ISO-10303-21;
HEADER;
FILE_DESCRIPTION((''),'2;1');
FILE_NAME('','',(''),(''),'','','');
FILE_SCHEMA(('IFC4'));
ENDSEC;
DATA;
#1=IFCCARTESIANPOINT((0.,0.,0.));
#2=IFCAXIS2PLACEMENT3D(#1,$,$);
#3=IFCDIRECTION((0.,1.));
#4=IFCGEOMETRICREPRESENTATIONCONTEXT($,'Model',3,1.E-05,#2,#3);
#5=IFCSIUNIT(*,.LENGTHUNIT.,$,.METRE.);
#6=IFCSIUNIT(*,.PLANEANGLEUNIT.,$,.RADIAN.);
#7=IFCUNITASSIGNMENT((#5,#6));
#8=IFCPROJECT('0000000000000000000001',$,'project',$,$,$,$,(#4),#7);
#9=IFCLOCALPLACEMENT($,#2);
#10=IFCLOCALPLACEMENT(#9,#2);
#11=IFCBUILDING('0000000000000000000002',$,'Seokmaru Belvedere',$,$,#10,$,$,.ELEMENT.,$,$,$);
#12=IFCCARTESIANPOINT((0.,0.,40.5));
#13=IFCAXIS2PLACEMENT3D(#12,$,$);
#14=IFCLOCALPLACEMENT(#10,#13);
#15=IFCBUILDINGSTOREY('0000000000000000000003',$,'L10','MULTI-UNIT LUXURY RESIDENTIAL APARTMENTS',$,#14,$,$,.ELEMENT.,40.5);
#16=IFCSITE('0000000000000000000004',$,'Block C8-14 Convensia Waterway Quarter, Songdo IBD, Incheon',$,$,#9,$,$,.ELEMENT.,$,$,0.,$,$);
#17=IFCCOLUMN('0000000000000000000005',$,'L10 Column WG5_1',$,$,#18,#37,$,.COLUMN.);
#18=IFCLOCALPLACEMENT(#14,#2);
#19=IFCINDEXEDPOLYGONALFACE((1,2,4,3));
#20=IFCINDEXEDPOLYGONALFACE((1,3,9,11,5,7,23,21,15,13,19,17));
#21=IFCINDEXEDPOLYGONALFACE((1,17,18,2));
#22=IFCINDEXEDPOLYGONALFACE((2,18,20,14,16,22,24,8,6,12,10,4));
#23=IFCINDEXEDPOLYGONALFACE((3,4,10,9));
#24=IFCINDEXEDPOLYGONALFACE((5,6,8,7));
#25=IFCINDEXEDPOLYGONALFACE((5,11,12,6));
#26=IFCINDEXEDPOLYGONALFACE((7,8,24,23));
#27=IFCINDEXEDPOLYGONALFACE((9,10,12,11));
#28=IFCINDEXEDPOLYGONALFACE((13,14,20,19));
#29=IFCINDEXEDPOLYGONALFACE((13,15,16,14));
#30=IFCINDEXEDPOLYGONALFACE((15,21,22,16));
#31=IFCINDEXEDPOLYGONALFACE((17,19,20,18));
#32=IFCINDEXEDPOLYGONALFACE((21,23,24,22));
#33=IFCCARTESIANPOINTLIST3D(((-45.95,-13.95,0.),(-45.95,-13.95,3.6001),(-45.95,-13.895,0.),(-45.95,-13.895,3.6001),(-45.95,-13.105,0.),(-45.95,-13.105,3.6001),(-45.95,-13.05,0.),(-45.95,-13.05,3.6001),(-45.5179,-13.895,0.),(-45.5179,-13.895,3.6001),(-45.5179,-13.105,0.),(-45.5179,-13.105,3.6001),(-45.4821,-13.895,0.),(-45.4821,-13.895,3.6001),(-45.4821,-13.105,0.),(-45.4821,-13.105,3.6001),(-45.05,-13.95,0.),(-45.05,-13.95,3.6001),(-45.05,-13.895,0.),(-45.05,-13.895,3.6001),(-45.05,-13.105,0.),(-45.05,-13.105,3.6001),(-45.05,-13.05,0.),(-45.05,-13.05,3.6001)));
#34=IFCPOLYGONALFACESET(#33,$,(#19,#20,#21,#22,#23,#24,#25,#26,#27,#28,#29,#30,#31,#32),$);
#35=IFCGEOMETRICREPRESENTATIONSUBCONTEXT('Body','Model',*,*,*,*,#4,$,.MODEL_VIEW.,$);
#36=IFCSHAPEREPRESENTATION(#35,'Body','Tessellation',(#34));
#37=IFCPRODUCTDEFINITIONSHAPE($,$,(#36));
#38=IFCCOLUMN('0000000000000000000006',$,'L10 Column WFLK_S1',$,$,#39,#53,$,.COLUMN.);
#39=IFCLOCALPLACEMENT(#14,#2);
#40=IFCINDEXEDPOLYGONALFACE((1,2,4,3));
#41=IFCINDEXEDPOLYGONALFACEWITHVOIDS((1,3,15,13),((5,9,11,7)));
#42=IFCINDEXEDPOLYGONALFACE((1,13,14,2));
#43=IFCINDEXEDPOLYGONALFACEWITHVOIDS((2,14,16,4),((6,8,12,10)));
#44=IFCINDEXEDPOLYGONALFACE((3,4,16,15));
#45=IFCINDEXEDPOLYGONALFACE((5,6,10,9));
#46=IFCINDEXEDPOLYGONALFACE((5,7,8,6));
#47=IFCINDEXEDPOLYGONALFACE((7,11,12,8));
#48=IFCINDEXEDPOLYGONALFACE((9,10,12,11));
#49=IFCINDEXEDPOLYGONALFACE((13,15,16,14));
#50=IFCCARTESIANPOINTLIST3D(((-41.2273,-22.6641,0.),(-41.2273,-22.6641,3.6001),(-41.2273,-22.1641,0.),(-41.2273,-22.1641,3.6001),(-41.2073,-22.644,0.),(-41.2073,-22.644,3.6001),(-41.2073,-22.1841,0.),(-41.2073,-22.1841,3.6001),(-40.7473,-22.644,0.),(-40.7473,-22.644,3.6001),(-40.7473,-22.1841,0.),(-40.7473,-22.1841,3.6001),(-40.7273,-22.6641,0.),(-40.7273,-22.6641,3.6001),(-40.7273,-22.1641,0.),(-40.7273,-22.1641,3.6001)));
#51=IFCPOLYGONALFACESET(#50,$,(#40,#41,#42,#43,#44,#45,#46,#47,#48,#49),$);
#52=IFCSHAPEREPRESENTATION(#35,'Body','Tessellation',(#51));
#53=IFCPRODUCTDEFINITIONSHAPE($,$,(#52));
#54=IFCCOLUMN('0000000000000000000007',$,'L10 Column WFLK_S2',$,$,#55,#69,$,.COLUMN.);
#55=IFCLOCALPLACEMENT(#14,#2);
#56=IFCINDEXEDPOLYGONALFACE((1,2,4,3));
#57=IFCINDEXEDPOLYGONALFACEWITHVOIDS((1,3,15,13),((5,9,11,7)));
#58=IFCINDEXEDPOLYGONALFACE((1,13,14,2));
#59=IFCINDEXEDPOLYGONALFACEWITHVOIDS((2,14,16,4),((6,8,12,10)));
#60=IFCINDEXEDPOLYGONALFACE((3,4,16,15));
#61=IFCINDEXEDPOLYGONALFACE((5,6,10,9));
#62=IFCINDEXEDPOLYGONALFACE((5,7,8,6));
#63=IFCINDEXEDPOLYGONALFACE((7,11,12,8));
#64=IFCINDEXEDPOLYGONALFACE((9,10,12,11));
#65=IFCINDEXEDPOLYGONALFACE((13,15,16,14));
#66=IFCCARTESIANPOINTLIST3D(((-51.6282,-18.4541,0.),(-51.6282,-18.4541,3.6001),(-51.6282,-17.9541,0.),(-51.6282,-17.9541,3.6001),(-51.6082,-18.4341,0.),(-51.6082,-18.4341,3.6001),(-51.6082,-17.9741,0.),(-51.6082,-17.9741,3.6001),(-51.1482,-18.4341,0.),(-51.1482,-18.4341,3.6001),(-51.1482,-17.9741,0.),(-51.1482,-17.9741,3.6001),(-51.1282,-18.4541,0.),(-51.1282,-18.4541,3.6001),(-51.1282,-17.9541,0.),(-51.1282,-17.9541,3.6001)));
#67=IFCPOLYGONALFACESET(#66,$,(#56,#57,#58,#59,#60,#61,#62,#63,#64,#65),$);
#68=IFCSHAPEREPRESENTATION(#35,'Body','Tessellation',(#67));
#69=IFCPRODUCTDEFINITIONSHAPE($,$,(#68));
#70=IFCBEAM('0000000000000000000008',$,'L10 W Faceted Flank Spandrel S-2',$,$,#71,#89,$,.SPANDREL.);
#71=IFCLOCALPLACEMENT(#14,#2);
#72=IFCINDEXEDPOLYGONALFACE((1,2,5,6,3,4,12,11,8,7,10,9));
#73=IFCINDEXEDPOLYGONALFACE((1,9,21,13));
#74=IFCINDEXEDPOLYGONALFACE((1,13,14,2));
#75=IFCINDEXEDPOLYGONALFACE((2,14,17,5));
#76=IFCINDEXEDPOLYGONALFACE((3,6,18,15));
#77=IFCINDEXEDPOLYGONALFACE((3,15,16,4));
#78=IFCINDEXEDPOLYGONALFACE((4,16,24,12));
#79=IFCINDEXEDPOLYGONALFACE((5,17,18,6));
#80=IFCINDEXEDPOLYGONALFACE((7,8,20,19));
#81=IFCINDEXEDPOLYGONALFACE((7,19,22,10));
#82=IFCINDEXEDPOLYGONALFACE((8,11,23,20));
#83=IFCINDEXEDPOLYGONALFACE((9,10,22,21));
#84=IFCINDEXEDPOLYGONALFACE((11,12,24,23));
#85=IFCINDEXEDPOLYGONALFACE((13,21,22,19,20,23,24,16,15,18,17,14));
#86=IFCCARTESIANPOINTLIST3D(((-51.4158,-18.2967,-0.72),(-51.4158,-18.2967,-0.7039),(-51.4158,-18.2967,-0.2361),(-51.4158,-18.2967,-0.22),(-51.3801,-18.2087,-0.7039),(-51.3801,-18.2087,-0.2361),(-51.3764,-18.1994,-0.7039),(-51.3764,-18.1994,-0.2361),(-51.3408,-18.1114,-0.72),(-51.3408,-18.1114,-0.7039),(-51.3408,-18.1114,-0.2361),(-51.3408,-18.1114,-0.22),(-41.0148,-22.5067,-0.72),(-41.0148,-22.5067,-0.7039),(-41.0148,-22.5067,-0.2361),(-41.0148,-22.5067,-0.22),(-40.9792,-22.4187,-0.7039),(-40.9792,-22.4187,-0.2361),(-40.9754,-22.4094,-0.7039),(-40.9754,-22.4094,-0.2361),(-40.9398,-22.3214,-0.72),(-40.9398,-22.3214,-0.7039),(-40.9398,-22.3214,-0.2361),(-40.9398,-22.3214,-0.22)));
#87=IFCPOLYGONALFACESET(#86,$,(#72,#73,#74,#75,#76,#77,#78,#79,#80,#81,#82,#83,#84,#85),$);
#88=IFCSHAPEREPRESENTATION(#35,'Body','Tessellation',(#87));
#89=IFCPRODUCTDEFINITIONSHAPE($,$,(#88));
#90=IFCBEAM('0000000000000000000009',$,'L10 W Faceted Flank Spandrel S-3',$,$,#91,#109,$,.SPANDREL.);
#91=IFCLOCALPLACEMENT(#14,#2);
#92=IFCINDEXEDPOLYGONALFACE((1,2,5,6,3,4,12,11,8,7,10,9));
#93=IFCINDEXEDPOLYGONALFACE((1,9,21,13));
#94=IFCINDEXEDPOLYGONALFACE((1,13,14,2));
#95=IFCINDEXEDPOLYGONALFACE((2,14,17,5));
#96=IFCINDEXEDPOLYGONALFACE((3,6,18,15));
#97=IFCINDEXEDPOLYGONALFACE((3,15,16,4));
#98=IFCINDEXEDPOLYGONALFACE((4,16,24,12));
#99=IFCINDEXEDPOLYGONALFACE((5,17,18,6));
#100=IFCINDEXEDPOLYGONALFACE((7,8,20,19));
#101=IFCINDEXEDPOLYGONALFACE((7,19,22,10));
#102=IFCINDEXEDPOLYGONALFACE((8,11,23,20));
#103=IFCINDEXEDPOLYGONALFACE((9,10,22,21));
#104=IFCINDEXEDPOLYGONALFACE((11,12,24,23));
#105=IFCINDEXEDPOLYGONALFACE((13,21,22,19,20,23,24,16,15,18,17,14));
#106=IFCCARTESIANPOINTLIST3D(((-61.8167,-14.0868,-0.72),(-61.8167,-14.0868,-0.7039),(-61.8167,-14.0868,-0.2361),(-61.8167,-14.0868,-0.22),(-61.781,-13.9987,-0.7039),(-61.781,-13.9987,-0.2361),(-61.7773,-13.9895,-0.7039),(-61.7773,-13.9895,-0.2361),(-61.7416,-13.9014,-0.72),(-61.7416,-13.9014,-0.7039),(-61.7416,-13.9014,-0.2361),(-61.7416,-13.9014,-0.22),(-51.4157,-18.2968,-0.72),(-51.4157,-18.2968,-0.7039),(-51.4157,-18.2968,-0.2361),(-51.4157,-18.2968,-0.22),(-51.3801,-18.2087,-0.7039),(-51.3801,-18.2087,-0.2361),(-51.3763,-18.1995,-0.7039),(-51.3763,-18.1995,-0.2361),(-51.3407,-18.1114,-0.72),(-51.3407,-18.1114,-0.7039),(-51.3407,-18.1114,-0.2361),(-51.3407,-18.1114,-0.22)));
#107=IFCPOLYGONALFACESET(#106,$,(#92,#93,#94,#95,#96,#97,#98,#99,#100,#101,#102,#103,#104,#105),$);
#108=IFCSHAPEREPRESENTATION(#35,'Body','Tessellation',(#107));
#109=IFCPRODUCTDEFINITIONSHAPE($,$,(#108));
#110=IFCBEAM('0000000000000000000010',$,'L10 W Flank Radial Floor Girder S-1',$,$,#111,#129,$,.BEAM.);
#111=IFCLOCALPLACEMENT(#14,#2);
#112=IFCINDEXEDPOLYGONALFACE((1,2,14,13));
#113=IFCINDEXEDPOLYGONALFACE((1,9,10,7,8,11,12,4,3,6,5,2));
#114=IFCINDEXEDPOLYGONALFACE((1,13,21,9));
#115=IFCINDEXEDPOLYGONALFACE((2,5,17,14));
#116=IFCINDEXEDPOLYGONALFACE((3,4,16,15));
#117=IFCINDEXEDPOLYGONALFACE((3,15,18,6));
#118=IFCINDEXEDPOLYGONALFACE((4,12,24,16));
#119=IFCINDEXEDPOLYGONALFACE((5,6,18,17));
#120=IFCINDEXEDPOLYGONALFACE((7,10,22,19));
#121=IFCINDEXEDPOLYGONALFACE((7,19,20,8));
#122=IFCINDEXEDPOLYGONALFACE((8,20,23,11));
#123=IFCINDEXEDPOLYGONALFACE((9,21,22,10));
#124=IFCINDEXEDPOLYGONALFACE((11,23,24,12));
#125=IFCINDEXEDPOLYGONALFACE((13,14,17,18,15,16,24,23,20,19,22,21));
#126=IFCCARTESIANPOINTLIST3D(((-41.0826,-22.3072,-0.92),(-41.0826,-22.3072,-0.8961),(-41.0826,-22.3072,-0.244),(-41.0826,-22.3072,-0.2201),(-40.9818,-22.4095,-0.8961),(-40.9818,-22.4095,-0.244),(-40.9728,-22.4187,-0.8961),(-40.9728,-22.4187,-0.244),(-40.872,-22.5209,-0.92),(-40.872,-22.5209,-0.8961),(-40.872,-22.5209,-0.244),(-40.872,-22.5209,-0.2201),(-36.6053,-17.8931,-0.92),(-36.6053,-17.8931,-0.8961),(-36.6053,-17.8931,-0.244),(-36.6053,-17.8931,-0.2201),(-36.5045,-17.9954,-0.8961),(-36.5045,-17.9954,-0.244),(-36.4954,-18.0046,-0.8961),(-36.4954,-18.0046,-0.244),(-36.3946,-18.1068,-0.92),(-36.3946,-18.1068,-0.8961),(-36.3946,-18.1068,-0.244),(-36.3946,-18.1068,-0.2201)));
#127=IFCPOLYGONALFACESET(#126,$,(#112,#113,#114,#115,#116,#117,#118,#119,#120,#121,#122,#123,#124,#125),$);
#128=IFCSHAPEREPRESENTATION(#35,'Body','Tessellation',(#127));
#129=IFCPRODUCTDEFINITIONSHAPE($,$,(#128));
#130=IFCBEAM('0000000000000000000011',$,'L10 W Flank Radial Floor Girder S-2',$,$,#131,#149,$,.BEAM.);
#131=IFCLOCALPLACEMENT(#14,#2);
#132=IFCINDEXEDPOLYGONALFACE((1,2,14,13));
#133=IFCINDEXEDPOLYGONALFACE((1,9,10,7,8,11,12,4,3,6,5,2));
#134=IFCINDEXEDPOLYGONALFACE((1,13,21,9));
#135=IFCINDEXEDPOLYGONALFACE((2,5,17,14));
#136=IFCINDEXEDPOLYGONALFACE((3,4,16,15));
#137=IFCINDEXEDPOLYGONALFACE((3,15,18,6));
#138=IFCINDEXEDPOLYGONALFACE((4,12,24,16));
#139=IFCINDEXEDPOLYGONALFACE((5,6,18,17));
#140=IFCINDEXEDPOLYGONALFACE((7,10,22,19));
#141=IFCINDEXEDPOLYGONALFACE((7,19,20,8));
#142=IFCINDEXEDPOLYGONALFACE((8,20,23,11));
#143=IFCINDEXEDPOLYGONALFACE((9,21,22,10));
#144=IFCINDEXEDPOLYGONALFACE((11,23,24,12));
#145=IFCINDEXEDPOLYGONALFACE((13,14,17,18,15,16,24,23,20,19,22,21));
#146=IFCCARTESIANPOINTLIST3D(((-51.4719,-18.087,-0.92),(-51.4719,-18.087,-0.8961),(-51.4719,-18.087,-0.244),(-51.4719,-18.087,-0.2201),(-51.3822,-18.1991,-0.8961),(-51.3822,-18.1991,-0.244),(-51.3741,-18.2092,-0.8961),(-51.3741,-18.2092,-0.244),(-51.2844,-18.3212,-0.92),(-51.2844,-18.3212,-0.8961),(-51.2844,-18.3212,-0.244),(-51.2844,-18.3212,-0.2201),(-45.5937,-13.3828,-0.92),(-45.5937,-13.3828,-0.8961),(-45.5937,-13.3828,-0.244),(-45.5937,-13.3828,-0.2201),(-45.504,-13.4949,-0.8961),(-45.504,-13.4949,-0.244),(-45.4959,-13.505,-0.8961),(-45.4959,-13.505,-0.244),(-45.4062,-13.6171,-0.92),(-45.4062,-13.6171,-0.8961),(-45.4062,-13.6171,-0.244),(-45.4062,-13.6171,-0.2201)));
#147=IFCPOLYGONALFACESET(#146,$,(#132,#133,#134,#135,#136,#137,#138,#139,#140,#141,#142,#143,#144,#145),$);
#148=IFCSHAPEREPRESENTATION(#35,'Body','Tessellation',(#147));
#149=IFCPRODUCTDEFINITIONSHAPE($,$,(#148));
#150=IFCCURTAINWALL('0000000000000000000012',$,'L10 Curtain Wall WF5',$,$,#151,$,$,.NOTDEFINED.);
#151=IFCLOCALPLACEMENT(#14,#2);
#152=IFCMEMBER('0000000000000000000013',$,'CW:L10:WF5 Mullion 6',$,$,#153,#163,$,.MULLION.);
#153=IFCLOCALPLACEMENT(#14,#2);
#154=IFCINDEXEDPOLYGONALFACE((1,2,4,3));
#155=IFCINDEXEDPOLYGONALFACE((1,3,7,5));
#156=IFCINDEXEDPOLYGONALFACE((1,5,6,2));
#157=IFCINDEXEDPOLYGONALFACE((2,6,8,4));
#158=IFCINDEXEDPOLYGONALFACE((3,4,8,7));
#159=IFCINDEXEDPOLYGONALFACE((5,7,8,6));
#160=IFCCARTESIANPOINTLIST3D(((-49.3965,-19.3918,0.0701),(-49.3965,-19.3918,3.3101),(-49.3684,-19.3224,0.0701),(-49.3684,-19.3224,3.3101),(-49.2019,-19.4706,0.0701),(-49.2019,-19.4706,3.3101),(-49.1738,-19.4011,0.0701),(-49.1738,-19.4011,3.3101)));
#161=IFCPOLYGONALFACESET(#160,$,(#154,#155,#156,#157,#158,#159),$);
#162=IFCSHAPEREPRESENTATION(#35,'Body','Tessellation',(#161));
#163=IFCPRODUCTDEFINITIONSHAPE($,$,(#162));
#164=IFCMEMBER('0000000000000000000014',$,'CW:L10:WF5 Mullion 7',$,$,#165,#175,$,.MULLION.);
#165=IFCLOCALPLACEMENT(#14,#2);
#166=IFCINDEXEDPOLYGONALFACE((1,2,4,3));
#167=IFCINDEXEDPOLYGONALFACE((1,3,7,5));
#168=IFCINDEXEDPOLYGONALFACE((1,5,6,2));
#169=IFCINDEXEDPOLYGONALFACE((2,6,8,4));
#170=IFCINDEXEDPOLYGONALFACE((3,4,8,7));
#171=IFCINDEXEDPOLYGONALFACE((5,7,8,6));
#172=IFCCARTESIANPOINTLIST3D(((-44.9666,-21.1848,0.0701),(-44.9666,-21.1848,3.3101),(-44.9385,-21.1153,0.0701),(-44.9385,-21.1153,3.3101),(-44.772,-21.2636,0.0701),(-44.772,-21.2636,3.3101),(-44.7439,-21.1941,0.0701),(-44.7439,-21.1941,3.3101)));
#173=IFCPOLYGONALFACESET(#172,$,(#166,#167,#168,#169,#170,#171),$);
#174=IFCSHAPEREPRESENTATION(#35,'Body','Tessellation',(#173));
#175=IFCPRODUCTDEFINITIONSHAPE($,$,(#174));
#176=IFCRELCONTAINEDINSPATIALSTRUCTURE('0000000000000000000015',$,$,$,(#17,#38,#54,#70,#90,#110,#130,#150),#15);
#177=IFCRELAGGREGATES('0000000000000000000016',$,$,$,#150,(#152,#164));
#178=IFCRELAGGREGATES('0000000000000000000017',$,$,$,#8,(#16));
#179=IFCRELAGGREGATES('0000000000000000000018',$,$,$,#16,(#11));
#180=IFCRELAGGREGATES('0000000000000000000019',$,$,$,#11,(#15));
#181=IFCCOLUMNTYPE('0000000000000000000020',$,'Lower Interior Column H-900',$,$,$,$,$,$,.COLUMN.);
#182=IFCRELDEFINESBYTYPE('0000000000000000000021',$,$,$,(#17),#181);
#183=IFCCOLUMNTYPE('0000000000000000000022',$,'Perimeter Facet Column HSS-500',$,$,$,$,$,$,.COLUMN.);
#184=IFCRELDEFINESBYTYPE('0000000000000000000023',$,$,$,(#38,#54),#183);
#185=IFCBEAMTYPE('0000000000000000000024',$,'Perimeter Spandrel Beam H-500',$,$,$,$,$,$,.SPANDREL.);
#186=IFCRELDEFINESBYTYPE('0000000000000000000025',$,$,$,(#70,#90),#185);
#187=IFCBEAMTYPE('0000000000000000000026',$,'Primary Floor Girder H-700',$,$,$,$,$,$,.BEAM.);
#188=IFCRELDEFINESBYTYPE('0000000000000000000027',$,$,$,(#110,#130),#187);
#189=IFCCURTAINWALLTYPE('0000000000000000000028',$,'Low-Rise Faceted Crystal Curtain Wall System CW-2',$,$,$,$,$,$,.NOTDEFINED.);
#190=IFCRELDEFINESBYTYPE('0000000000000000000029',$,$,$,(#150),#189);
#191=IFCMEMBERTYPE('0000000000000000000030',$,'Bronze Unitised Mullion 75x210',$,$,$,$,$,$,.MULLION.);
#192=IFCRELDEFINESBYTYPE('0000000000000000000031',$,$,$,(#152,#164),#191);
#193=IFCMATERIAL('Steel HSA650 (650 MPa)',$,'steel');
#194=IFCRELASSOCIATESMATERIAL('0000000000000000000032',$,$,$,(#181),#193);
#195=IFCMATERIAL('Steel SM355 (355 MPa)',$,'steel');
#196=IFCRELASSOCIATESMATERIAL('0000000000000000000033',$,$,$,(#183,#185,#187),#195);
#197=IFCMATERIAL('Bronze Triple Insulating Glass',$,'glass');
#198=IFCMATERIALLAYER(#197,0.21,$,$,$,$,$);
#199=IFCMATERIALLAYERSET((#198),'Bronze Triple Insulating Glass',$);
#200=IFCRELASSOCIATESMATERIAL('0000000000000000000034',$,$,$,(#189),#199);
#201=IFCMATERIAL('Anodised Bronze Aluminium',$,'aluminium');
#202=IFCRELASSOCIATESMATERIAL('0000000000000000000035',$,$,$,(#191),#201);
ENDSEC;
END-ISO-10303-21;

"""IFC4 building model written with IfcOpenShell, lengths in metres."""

from ifc_helpers import new_model, si_unit, direction, frame, origin, origin_2d, place, context, subcontext, project, spatial, rectangle, hollow_rectangle, i_section, extrude, source, transform, mapped, material, layer, layer_set, material_profile, profile_set, type_object, type_shapes, element, aggregate, save


model = new_model("IFC4")

# Units and contexts
model_context = context("Model", 3, precision=1e-05, world=origin(), true_north=direction((0.0, 1.0)))
body_context = subcontext(model_context, "Body", "Model", "MODEL_VIEW")
ifc_project = project(units=[si_unit("LENGTHUNIT", "METRE"), si_unit("PLANEANGLEUNIT", "RADIAN")], contexts=[model_context])

# Site, building, storey
site_placement = place(None, origin())
site = spatial("IfcSite", under=ifc_project, at=site_placement, Name="Block C8-14 Convensia Waterway Quarter, Songdo IBD, Incheon", CompositionType="ELEMENT", RefElevation=0.0)
building_placement = place(site_placement, origin())
building = spatial("IfcBuilding", under=site, at=building_placement, Name="Seokmaru Belvedere", CompositionType="ELEMENT")
storey_placement = place(building_placement, frame((0.0, 0.0, 40.5)))
storey = spatial("IfcBuildingStorey", under=building, at=storey_placement, Name="L10", Description="MULTI-UNIT LUXURY RESIDENTIAL APARTMENTS", CompositionType="ELEMENT", Elevation=40.5)

# Columns
ifc_material_1 = material(Name="Steel HSA650 (650 MPa)", Category="steel")
ifc_material_profile_1 = material_profile(ifc_material_1, i_section(OverallWidth=0.8999, OverallDepth=0.8999, WebThickness=0.0359, FlangeThickness=0.0549, at=origin_2d()), Name="H-900x900x36x55")
ifc_profile_set_1 = profile_set([ifc_material_profile_1], Name="Steel HSA650 (650 MPa)")
column_type_1 = type_object("IfcColumnType", Name="Lower Interior Column H-900", PredefinedType="COLUMN", material=ifc_profile_set_1)
shared_shape_1 = source(origin(), body_context, "Body", "SweptSolid", [
    extrude(i_section(OverallWidth=0.8999, OverallDepth=0.8999, WebThickness=0.0359, FlangeThickness=0.0549, at=origin_2d()), origin(), (0.0, 0.0, 1.0), 3.6001),
])
type_shapes(column_type_1, [shared_shape_1])
column_placement = place(storey_placement, frame((-45.5, -13.5, 0.0), z_axis=(0.0, 0.0, 1.0), x_axis=(1.0, 0.0, 0.0)))
element("IfcColumn", 1, at=column_placement, inside=storey, type_object=column_type_1, Name="L10 Column WG5_1", PredefinedType="COLUMN", context=body_context, shape_type="MappedRepresentation", body=[
    mapped(shared_shape_1, transform((0.0, 0.0, 0.0), scale=1.0)),
])
ifc_material_2 = material(Name="Steel SM355 (355 MPa)", Category="steel")
ifc_material_profile_2 = material_profile(ifc_material_2, hollow_rectangle(XDim=0.5, YDim=0.5, WallThickness=0.02, at=origin_2d()), Name="HSS-500x500x20")
ifc_profile_set_2 = profile_set([ifc_material_profile_2], Name="Steel SM355 (355 MPa)")
column_type_2 = type_object("IfcColumnType", Name="Perimeter Facet Column HSS-500", PredefinedType="COLUMN", material=ifc_profile_set_2)
shared_shape_2 = source(origin(), body_context, "Body", "SweptSolid", [
    extrude(hollow_rectangle(XDim=0.5, YDim=0.5, WallThickness=0.02, at=origin_2d()), origin(), (0.0, 0.0, 1.0), 3.6001),
])
type_shapes(column_type_2, [shared_shape_2])
for number, where, z_axis, x_axis, name in (
    (2, (-40.9773, -22.4141, 0.0), (0.0, 0.0, 1.0), (1.0, 0.0, 0.0), "L10 Column WFLK_S1"),
    (3, (-51.3782, -18.2041, 0.0), (0.0, 0.0, 1.0), (1.0, 0.0, 0.0), "L10 Column WFLK_S2"),
):
    element("IfcColumn", number, at=place(storey_placement, frame(where, z_axis=z_axis, x_axis=x_axis)), inside=storey, type_object=column_type_2, Name=name, PredefinedType="COLUMN", context=body_context, shape_type="MappedRepresentation", body=[
        mapped(shared_shape_2, transform((0.0, 0.0, 0.0), scale=1.0)),
    ])

# Beams
ifc_material_profile_3 = material_profile(ifc_material_2, i_section(OverallWidth=0.2, OverallDepth=0.5, WebThickness=0.01, FlangeThickness=0.0161, at=origin_2d()), Name="H-500x200x10x16")
ifc_profile_set_3 = profile_set([ifc_material_profile_3], Name="Steel SM355 (355 MPa)")
beam_type_1 = type_object("IfcBeamType", Name="Perimeter Spandrel Beam H-500", PredefinedType="SPANDREL", material=ifc_profile_set_3)
shared_shape_3 = source(origin(), body_context, "Body", "SweptSolid", [
    extrude(i_section(OverallWidth=0.2, OverallDepth=0.5, WebThickness=0.01, FlangeThickness=0.0161, at=origin_2d()), origin(), (0.0, 0.0, 1.0), 11.2207),
])
type_shapes(beam_type_1, [shared_shape_3])
for number, where, z_axis, x_axis, name in (
    (4, (-40.9773, -22.4141, -0.47), (-0.926944, 0.375199, 0.0), (-0.375199, -0.926944, 0.0), "L10 W Faceted Flank Spandrel S-2"),
    (5, (-51.3782, -18.2041, -0.47), (-0.926944, 0.375199, 0.0), (-0.375199, -0.926944, 0.0), "L10 W Faceted Flank Spandrel S-3"),
):
    element("IfcBeam", number, at=place(storey_placement, frame(where, z_axis=z_axis, x_axis=x_axis)), inside=storey, type_object=beam_type_1, Name=name, PredefinedType="SPANDREL", context=body_context, shape_type="MappedRepresentation", body=[
        mapped(shared_shape_3, transform((0.0, 0.0, 0.0), scale=1.0)),
    ])
ifc_material_profile_4 = material_profile(ifc_material_2, i_section(OverallWidth=0.3, OverallDepth=0.7, WebThickness=0.0129, FlangeThickness=0.0239, at=origin_2d()), Name="H-700x300x13x24")
ifc_profile_set_4 = profile_set([ifc_material_profile_4], Name="Steel SM355 (355 MPa)")
beam_type_2 = type_object("IfcBeamType", Name="Primary Floor Girder H-700", PredefinedType="BEAM", material=ifc_profile_set_4)
shared_shape_4 = source(origin(), body_context, "Body", "SweptSolid", [
    extrude(i_section(OverallWidth=0.3, OverallDepth=0.7, WebThickness=0.0129, FlangeThickness=0.0239, at=origin_2d()), origin(), (0.0, 0.0, 1.0), 6.2874),
])
beam_1_placement = place(storey_placement, frame((-40.9773, -22.4141, -0.5701), z_axis=(0.712117, 0.70206, 0.0), x_axis=(-0.70206, 0.712117, 0.0)))
element("IfcBeam", 6, at=beam_1_placement, inside=storey, type_object=beam_type_2, Name="L10 W Flank Radial Floor Girder S-1", PredefinedType="BEAM", context=body_context, shape_type="MappedRepresentation", body=[
    mapped(shared_shape_4, transform((0.0, 0.0, 0.0), scale=1.0)),
])
shared_shape_5 = source(origin(), body_context, "Body", "SweptSolid", [
    extrude(i_section(OverallWidth=0.3, OverallDepth=0.7, WebThickness=0.0129, FlangeThickness=0.0239, at=origin_2d()), origin(), (0.0, 0.0, 1.0), 7.5288),
])
type_shapes(beam_type_2, [shared_shape_4, shared_shape_5])
beam_2_placement = place(storey_placement, frame((-51.3782, -18.2041, -0.5701), z_axis=(0.780768, 0.624822, 0.0), x_axis=(-0.624822, 0.780768, 0.0)))
element("IfcBeam", 7, at=beam_2_placement, inside=storey, type_object=beam_type_2, Name="L10 W Flank Radial Floor Girder S-2", PredefinedType="BEAM", context=body_context, shape_type="MappedRepresentation", body=[
    mapped(shared_shape_5, transform((0.0, 0.0, 0.0), scale=1.0)),
])

# Curtain wall, members
ifc_material_3 = material(Name="Bronze Triple Insulating Glass", Category="glass")
ifc_layer_1 = layer(ifc_material_3, 0.21)
ifc_layer_set_1 = layer_set([ifc_layer_1], Name="Bronze Triple Insulating Glass")
curtain_wall_type = type_object("IfcCurtainWallType", Name="Low-Rise Faceted Crystal Curtain Wall System CW-2", PredefinedType="NOTDEFINED", material=ifc_layer_set_1)
curtain_wall_placement = place(storey_placement, origin())
curtain_wall = element("IfcCurtainWall", 8, at=curtain_wall_placement, inside=storey, type_object=curtain_wall_type, Name="L10 Curtain Wall WF5", PredefinedType="NOTDEFINED")
ifc_material_4 = material(Name="Anodised Bronze Aluminium", Category="aluminium")
ifc_material_profile_5 = material_profile(ifc_material_4, rectangle(XDim=0.075, YDim=0.21, at=origin_2d()), Name="CW-M-75x210")
ifc_profile_set_5 = profile_set([ifc_material_profile_5], Name="Anodised Bronze Aluminium")
member_type = type_object("IfcMemberType", Name="Bronze Unitised Mullion 75x210", PredefinedType="MULLION", material=ifc_profile_set_5)
shared_shape_6 = source(origin(), body_context, "Body", "SweptSolid", [
    extrude(rectangle(XDim=0.075, YDim=0.21, at=origin_2d()), origin(), (0.0, 0.0, 1.0), 3.24),
])
type_shapes(member_type, [shared_shape_6])
member_1_placement = place(storey_placement, frame((-49.2852, -19.3965, 0.0701), z_axis=(0.0, 0.0, 1.0), x_axis=(0.375192, 0.926947, 0.0)))
member_1 = element("IfcMember", 9, at=member_1_placement, type_object=member_type, Name="CW:L10:WF5 Mullion 6", PredefinedType="MULLION", context=body_context, shape_type="MappedRepresentation", body=[
    mapped(shared_shape_6, transform((0.0, 0.0, 0.0), scale=1.0)),
])
member_2_placement = place(storey_placement, frame((-44.8552, -21.1895, 0.0701), z_axis=(0.0, 0.0, 1.0), x_axis=(0.375192, 0.926947, 0.0)))
member_2 = element("IfcMember", 10, at=member_2_placement, type_object=member_type, Name="CW:L10:WF5 Mullion 7", PredefinedType="MULLION", context=body_context, shape_type="MappedRepresentation", body=[
    mapped(shared_shape_6, transform((0.0, 0.0, 0.0), scale=1.0)),
])
aggregate(curtain_wall, [member_1, member_2])

save(model, "model.ifc")
